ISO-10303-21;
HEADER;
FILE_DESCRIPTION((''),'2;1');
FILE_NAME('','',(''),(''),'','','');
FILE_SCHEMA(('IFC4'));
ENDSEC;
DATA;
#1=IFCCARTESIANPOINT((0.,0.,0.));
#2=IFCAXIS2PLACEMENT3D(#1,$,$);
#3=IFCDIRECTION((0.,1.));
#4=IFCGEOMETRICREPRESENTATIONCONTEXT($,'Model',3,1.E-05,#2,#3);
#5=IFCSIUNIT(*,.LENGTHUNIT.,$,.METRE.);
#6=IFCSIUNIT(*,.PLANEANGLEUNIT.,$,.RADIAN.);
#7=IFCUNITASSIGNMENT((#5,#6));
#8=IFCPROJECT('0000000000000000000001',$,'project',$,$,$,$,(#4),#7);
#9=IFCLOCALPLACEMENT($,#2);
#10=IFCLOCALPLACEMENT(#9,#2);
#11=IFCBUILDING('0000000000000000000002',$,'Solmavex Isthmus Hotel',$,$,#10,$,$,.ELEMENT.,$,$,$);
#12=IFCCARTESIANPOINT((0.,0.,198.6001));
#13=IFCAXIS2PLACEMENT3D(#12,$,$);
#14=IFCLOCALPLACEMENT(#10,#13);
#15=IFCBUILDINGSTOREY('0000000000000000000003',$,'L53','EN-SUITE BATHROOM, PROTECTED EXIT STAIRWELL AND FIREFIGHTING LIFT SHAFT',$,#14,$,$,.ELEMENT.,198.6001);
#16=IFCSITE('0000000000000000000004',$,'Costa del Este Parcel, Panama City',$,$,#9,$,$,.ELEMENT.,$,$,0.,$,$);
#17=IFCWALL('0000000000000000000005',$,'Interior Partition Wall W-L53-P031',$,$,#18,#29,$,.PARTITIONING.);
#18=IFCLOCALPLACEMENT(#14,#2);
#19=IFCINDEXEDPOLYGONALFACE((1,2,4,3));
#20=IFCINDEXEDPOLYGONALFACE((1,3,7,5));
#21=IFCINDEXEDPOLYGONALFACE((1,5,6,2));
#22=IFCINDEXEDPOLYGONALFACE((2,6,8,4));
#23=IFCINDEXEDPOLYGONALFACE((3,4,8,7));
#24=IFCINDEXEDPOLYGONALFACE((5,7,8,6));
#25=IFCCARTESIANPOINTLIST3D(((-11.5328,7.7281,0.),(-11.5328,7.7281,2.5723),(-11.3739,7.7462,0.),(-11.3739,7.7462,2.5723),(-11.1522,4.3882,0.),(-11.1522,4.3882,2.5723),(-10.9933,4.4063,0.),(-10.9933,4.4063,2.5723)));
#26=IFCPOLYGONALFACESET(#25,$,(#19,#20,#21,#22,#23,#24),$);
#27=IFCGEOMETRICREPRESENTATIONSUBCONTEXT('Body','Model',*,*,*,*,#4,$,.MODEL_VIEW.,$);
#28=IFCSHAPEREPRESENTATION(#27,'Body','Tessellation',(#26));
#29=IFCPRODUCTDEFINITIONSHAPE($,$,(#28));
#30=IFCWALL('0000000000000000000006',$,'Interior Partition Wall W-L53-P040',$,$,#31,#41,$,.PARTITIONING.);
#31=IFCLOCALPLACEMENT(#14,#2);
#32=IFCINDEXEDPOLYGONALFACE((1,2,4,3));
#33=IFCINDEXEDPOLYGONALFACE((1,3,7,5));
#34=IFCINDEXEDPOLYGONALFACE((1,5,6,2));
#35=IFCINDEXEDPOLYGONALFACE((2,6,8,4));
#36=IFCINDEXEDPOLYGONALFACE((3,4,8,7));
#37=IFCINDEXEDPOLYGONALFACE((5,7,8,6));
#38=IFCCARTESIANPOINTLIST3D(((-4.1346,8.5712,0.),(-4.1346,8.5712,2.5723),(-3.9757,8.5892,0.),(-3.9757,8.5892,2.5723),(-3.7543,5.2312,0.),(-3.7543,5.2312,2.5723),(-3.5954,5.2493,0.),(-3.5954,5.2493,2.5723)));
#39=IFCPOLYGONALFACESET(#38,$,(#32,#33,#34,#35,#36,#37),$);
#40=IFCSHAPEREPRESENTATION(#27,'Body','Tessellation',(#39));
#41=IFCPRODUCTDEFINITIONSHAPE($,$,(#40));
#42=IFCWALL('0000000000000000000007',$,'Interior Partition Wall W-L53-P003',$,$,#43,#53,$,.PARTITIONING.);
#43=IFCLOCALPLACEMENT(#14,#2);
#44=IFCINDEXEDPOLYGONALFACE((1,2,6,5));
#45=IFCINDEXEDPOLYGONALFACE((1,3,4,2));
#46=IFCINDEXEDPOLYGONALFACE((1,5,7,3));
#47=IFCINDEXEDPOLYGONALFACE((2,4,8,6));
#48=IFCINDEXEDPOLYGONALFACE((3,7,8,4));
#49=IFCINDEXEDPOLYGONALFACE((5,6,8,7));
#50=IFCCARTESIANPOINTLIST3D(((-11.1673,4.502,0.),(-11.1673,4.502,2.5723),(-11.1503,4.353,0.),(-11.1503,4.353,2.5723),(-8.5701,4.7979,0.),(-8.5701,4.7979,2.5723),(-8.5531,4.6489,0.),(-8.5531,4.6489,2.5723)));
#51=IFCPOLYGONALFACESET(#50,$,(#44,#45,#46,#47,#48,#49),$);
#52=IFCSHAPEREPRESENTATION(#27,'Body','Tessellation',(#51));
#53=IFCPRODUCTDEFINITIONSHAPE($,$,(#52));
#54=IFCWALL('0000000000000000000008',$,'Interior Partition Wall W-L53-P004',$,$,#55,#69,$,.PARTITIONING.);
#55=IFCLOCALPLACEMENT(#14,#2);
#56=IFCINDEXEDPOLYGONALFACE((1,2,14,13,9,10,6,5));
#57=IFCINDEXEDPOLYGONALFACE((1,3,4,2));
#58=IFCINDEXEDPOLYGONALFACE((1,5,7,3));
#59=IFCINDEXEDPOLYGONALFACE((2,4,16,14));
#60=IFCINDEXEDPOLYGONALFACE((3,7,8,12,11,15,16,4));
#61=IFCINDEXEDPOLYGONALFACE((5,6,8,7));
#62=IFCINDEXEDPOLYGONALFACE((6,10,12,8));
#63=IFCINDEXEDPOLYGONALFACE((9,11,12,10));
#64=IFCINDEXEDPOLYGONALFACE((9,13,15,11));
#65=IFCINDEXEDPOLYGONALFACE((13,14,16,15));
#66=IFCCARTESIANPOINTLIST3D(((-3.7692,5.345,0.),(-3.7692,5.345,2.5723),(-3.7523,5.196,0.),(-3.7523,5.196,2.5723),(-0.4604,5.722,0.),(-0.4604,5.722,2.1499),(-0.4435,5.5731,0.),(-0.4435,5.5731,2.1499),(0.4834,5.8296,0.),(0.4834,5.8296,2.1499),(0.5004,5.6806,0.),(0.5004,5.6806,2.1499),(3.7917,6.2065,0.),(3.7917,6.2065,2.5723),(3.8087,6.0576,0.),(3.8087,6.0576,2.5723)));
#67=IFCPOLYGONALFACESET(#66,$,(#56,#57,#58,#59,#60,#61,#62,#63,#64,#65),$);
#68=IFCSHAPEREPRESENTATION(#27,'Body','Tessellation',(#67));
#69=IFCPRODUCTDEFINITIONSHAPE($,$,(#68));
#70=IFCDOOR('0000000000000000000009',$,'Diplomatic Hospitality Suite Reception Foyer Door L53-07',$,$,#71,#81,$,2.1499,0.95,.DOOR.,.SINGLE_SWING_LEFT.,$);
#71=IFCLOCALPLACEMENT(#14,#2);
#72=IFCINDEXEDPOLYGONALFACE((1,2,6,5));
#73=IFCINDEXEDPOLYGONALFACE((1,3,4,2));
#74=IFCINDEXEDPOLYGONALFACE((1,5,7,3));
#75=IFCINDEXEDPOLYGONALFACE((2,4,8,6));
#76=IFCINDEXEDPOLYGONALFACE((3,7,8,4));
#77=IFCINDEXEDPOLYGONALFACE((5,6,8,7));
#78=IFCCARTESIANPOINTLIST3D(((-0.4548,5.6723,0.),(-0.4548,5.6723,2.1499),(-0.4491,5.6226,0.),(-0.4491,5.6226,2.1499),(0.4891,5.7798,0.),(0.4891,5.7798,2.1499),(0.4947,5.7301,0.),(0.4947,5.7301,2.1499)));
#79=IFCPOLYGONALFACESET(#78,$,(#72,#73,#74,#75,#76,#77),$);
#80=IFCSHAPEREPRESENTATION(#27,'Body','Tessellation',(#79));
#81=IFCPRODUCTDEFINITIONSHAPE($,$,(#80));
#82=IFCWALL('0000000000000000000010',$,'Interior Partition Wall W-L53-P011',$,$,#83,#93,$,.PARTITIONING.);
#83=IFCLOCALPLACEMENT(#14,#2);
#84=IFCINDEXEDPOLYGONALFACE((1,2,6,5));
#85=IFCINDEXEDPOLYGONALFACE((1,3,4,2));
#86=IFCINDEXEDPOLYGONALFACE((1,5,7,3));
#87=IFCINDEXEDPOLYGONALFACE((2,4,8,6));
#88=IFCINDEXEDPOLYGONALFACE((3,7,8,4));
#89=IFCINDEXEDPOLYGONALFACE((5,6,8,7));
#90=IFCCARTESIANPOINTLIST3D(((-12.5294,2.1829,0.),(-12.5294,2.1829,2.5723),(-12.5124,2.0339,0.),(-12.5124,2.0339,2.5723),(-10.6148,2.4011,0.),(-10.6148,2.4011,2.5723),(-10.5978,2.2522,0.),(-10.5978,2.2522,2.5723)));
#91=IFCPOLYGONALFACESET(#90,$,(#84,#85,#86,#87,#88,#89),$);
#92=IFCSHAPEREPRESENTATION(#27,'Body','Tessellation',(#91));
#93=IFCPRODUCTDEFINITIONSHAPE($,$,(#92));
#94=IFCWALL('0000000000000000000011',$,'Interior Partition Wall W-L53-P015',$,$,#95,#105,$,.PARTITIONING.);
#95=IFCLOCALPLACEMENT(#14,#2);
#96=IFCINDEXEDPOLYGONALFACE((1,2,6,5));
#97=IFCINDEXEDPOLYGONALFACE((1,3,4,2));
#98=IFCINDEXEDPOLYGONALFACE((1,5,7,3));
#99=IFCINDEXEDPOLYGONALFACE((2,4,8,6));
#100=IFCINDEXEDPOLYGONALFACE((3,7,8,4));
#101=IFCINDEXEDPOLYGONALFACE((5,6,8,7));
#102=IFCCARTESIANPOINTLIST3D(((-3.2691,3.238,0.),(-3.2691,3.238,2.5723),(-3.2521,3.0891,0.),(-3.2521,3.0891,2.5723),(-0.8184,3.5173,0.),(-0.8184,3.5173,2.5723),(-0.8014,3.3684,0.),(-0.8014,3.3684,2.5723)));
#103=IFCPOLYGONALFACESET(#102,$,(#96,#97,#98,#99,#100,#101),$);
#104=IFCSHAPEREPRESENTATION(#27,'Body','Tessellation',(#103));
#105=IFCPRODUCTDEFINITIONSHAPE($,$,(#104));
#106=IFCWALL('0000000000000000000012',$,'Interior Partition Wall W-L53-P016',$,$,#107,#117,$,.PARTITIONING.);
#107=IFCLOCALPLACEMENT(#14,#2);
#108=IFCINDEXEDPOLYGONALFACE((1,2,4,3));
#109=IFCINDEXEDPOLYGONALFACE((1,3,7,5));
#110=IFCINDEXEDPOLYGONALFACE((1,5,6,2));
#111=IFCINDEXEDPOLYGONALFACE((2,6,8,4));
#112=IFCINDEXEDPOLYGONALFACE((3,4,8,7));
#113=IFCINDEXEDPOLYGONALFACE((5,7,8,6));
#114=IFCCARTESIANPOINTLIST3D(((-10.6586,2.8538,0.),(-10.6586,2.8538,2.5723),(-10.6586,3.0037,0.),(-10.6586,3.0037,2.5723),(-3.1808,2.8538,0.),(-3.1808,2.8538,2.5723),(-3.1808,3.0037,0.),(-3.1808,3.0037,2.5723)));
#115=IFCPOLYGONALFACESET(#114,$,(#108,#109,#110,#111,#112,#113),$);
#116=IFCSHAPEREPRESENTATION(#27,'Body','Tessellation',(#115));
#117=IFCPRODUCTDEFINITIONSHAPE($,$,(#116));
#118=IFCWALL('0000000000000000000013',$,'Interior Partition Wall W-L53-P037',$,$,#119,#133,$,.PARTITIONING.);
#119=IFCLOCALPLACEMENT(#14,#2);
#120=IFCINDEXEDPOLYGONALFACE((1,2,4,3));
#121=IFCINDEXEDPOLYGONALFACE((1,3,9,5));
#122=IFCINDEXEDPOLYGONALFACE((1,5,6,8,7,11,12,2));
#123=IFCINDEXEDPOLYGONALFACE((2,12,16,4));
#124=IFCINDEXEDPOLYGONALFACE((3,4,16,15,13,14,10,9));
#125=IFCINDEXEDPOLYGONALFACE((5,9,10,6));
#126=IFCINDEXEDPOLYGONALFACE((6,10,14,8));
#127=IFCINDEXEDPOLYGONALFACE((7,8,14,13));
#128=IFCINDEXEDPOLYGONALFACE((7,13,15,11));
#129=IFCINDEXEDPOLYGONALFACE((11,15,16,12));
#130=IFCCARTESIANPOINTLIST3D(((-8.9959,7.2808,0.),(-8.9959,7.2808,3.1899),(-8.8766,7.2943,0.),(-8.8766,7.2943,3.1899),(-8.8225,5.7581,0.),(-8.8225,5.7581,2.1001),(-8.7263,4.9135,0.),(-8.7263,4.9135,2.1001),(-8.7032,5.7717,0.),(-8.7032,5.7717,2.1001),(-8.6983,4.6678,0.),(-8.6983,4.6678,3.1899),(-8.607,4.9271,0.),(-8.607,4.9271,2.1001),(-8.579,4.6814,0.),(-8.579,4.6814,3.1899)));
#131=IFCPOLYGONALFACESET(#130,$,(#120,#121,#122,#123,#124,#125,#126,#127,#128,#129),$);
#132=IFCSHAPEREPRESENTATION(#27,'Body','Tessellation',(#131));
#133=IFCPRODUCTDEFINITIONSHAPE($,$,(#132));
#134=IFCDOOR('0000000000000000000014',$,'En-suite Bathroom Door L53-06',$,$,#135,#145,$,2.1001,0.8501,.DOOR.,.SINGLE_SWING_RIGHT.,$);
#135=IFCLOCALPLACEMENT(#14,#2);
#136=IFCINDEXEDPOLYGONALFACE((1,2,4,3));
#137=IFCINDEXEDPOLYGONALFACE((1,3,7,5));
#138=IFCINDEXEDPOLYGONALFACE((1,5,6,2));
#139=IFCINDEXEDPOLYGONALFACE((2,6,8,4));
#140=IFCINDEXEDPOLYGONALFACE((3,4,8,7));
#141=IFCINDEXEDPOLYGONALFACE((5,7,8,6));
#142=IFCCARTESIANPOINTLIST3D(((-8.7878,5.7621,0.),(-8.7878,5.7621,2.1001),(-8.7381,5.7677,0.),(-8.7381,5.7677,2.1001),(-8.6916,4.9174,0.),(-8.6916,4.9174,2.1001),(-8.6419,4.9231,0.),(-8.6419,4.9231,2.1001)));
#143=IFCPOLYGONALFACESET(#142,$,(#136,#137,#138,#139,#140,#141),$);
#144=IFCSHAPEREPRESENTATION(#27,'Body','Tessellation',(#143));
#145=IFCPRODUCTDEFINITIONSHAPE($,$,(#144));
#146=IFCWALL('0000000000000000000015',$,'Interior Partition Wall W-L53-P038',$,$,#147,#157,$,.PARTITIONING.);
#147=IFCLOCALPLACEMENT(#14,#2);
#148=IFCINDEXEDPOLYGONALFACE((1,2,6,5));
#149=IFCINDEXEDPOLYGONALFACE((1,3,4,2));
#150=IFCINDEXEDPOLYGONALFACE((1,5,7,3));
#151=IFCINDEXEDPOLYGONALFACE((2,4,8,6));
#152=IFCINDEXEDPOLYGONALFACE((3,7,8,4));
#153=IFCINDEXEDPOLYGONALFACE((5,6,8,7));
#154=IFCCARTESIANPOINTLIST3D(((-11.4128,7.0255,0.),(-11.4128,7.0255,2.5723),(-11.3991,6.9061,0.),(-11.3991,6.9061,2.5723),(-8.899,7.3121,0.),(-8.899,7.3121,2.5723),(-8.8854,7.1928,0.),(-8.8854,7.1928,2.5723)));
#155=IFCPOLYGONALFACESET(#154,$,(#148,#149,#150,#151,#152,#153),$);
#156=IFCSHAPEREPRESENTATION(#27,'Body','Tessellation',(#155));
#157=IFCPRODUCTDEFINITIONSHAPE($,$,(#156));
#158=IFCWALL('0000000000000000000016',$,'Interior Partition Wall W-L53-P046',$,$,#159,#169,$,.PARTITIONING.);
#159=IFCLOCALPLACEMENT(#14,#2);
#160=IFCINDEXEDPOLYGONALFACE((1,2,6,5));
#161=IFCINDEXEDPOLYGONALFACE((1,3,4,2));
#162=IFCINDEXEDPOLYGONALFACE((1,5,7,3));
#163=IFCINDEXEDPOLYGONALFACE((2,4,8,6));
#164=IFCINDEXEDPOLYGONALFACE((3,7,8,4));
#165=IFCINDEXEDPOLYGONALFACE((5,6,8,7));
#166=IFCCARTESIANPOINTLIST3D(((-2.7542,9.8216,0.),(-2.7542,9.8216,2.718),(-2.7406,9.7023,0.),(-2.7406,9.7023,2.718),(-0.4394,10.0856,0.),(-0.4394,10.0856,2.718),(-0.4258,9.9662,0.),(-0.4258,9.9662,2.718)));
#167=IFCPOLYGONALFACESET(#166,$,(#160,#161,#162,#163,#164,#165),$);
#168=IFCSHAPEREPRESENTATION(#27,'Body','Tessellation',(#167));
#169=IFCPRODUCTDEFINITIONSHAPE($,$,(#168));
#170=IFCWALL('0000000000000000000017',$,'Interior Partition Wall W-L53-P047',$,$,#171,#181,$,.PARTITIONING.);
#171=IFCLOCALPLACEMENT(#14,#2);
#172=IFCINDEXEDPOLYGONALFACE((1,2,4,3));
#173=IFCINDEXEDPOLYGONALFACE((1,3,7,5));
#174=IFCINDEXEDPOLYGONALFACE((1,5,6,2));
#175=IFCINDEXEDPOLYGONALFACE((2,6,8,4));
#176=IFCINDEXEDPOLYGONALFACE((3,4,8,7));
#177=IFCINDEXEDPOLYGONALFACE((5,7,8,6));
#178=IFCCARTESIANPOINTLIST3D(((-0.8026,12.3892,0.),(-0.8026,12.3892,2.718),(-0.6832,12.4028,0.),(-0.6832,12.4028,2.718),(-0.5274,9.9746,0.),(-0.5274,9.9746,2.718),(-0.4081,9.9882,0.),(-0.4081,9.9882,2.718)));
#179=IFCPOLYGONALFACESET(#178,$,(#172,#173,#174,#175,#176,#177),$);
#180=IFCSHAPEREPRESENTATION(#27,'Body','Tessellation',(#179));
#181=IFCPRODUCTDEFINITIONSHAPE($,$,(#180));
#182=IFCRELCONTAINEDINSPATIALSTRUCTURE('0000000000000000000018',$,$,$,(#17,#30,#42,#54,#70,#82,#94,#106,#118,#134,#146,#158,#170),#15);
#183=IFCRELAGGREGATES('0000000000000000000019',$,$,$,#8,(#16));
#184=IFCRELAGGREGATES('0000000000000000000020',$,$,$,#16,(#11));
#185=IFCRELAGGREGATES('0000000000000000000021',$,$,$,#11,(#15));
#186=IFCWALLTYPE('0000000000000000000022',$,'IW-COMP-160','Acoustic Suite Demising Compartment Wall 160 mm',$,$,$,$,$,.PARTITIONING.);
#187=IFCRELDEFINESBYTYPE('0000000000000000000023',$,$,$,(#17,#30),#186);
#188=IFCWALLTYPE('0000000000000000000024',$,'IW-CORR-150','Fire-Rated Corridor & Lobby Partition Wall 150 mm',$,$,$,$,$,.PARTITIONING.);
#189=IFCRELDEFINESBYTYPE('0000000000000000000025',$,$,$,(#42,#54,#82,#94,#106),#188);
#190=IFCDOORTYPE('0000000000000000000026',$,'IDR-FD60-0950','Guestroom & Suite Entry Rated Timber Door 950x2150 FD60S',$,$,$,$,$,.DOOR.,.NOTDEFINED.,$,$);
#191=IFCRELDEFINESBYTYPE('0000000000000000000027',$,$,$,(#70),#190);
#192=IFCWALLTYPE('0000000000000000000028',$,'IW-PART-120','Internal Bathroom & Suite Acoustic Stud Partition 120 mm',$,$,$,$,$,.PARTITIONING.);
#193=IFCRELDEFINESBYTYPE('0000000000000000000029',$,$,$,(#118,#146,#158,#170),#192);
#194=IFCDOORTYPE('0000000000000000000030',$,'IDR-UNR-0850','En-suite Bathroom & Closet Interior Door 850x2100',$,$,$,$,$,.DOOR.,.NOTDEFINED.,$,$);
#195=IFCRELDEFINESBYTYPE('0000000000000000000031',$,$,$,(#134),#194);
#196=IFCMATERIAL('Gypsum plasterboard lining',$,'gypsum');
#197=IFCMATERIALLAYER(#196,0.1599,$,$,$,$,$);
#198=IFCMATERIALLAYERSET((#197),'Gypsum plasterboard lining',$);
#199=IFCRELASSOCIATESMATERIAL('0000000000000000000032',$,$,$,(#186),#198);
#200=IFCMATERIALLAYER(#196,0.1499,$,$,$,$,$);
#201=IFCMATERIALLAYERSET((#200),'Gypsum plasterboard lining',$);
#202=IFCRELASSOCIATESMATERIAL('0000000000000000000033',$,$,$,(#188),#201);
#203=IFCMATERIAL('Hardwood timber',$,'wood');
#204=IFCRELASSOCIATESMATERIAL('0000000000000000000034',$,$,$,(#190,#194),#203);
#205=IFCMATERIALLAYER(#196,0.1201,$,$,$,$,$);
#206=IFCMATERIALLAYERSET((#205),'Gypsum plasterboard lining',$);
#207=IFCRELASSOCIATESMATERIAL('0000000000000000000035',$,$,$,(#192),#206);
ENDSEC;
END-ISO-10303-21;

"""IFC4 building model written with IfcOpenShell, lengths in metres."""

from ifc_helpers import new_model, si_unit, direction, frame, frame_2d, origin, place, context, subcontext, project, spatial, rectangle, extrude, material, layer, layer_set, type_object, element, fill, save


model = new_model("IFC4")

# Units and contexts
model_context = context("Model", 3, precision=1e-05, world=origin(), true_north=direction((0.0, 1.0)))
body_context = subcontext(model_context, "Body", "Model", "MODEL_VIEW")
ifc_project = project(units=[si_unit("LENGTHUNIT", "METRE"), si_unit("PLANEANGLEUNIT", "RADIAN")], contexts=[model_context])

# Site, building, storey
site_placement = place(None, origin())
site = spatial("IfcSite", under=ifc_project, at=site_placement, Name="Costa del Este Parcel, Panama City", CompositionType="ELEMENT", RefElevation=0.0)
building_placement = place(site_placement, origin())
building = spatial("IfcBuilding", under=site, at=building_placement, Name="Solmavex Isthmus Hotel", CompositionType="ELEMENT")
storey_placement = place(building_placement, frame((0.0, 0.0, 198.6001)))
storey = spatial("IfcBuildingStorey", under=building, at=storey_placement, Name="L53", Description="EN-SUITE BATHROOM, PROTECTED EXIT STAIRWELL AND FIREFIGHTING LIFT SHAFT", CompositionType="ELEMENT", Elevation=198.6001)

# Walls
ifc_material_1 = material(Name="Gypsum plasterboard lining", Category="gypsum")
ifc_layer_1 = layer(ifc_material_1, 0.1599)
ifc_layer_set_1 = layer_set([ifc_layer_1], Name="Gypsum plasterboard lining")
wall_type_1 = type_object("IfcWallType", Name="IW-COMP-160", Description="Acoustic Suite Demising Compartment Wall 160 mm", PredefinedType="PARTITIONING", material=ifc_layer_set_1)
for number, where, z_axis, x_axis, name in (
    (1, (-11.4534, 7.7371, 0.0), (0.0, 0.0, 1.0), (0.113229, -0.993569, 0.0), "Interior Partition Wall W-L53-P031"),
    (2, (-4.0552, 8.5801, 0.0), (0.0, 0.0, 1.0), (0.113149, -0.993578, 0.0), "Interior Partition Wall W-L53-P040"),
):
    element("IfcWall", number, at=place(storey_placement, frame(where, z_axis=z_axis, x_axis=x_axis)), inside=storey, type_object=wall_type_1, Name=name, PredefinedType="PARTITIONING", context=body_context, shape_type="SweptSolid", body=[
        extrude(rectangle(XDim=3.3616, YDim=0.1599, at=frame_2d((1.6807, 0.0))), origin(), (0.0, 0.0, 1.0), 2.5723),
    ])

# Shared definitions
ifc_layer_2 = layer(ifc_material_1, 0.1499)
ifc_layer_set_2 = layer_set([ifc_layer_2], Name="Gypsum plasterboard lining")
wall_type_2 = type_object("IfcWallType", Name="IW-CORR-150", Description="Fire-Rated Corridor & Lobby Partition Wall 150 mm", PredefinedType="PARTITIONING", material=ifc_layer_set_2)
ifc_material_2 = material(Name="Hardwood timber", Category="wood")
door_type_1 = type_object("IfcDoorType", Name="IDR-FD60-0950", Description="Guestroom & Suite Entry Rated Timber Door 950x2150 FD60S", OperationType="NOTDEFINED", PredefinedType="DOOR", material=ifc_material_2)

# Wall
wall_1_placement = place(storey_placement, frame((-11.1589, 4.4275, 0.0), z_axis=(0.0, 0.0, 1.0), x_axis=(0.993572, 0.113199, 0.0)))
element("IfcWall", 3, at=wall_1_placement, inside=storey, type_object=wall_type_2, Name="Interior Partition Wall W-L53-P003", PredefinedType="PARTITIONING", context=body_context, shape_type="SweptSolid", body=[
    extrude(rectangle(XDim=2.614, YDim=0.1499, at=frame_2d((1.3071, 0.0))), origin(), (0.0, 0.0, 1.0), 2.5723),
])

# Wall, opening, door
wall_2_placement = place(storey_placement, frame((-3.7607, 5.2705, 0.0), z_axis=(0.0, 0.0, 1.0), x_axis=(0.99357, 0.113216, 0.0)))
wall_2 = element("IfcWall", 4, at=wall_2_placement, inside=storey, type_object=wall_type_2, Name="Interior Partition Wall W-L53-P004", PredefinedType="PARTITIONING", context=body_context, shape_type="SweptSolid", body=[
    extrude(rectangle(XDim=7.6099, YDim=0.1499, at=frame_2d((3.8049, 0.0))), origin(), (0.0, 0.0, 1.0), 2.5723),
])
opening_1_placement = place(wall_2_placement, frame((3.3301, 0.0, 0.0)))
opening_1 = element("IfcOpeningElement", 5, at=opening_1_placement, cuts=wall_2, PredefinedType="OPENING", context=body_context, shape_type="SweptSolid", body=[
    extrude(rectangle(XDim=0.95, YDim=2.1499, at=frame_2d((0.4751, 1.075))), frame((0.0, 0.085, 0.0), z_axis=(0.0, -1.0, 0.0), x_axis=(1.0, 0.0, 0.0)), (0.0, 0.0, 1.0), 0.1699),
])
door_1_placement = place(opening_1_placement, origin())
door_1 = element("IfcDoor", 6, at=door_1_placement, inside=storey, type_object=door_type_1, Name="Diplomatic Hospitality Suite Reception Foyer Door L53-07", OperationType="SINGLE_SWING_LEFT", OverallHeight=2.1499, OverallWidth=0.95, PredefinedType="DOOR", context=body_context, shape_type="SweptSolid", body=[
    extrude(rectangle(XDim=0.95, YDim=2.1499, at=frame_2d((0.4751, 1.075))), frame((0.0, 0.0249, 0.0), z_axis=(0.0, -1.0, 0.0), x_axis=(1.0, 0.0, 0.0)), (0.0, 0.0, 1.0), 0.05),
])
fill(opening_1, door_1)

# Walls
wall_3_placement = place(storey_placement, frame((-10.6064, 2.3267, 0.0), z_axis=(0.0, 0.0, 1.0), x_axis=(-0.993564, -0.113268, 0.0)))
element("IfcWall", 7, at=wall_3_placement, inside=storey, type_object=wall_type_2, Name="Interior Partition Wall W-L53-P011", PredefinedType="PARTITIONING", context=body_context, shape_type="SweptSolid", body=[
    extrude(rectangle(XDim=1.927, YDim=0.1499, at=frame_2d((0.9634, 0.0))), origin(), (0.0, 0.0, 1.0), 2.5723),
])
wall_4_placement = place(storey_placement, frame((-0.8098, 3.4429, 0.0), z_axis=(0.0, 0.0, 1.0), x_axis=(-0.993568, -0.113234, 0.0)))
element("IfcWall", 8, at=wall_4_placement, inside=storey, type_object=wall_type_2, Name="Interior Partition Wall W-L53-P015", PredefinedType="PARTITIONING", context=body_context, shape_type="SweptSolid", body=[
    extrude(rectangle(XDim=2.4666, YDim=0.1499, at=frame_2d((1.2334, 0.0))), origin(), (0.0, 0.0, 1.0), 2.5723),
])
wall_5_placement = place(storey_placement, frame((-3.1809, 2.9287, 0.0), z_axis=(0.0, 0.0, 1.0), x_axis=(-1.0, 0.0, 0.0)))
element("IfcWall", 9, at=wall_5_placement, inside=storey, type_object=wall_type_2, Name="Interior Partition Wall W-L53-P016", PredefinedType="PARTITIONING", context=body_context, shape_type="SweptSolid", body=[
    extrude(rectangle(XDim=7.4778, YDim=0.1499, at=frame_2d((3.7388, 0.0))), origin(), (0.0, 0.0, 1.0), 2.5723),
])

# Wall, opening, door
ifc_layer_3 = layer(ifc_material_1, 0.1201)
ifc_layer_set_3 = layer_set([ifc_layer_3], Name="Gypsum plasterboard lining")
wall_type_3 = type_object("IfcWallType", Name="IW-PART-120", Description="Internal Bathroom & Suite Acoustic Stud Partition 120 mm", PredefinedType="PARTITIONING", material=ifc_layer_set_3)
wall_6_placement = place(storey_placement, frame((-8.6387, 4.6746, 0.0), z_axis=(0.0, 0.0, 1.0), x_axis=(-0.113162, 0.993577, 0.0)))
wall_6 = element("IfcWall", 10, at=wall_6_placement, inside=storey, type_object=wall_type_3, Name="Interior Partition Wall W-L53-P037", PredefinedType="PARTITIONING", context=body_context, shape_type="SweptSolid", body=[
    extrude(rectangle(XDim=2.6299, YDim=0.1201, at=frame_2d((1.3149, 0.0))), origin(), (0.0, 0.0, 1.0), 3.1899),
])
opening_2_placement = place(wall_6_placement, frame((0.2473, 0.0, 0.0)))
opening_2 = element("IfcOpeningElement", 11, at=opening_2_placement, cuts=wall_6, PredefinedType="OPENING", context=body_context, shape_type="SweptSolid", body=[
    extrude(rectangle(XDim=0.8501, YDim=2.1001, at=frame_2d((0.425, 1.05))), frame((0.0, 0.0701, 0.0), z_axis=(0.0, -1.0, 0.0), x_axis=(1.0, 0.0, 0.0)), (0.0, 0.0, 1.0), 0.1401),
])
door_type_2 = type_object("IfcDoorType", Name="IDR-UNR-0850", Description="En-suite Bathroom & Closet Interior Door 850x2100", OperationType="NOTDEFINED", PredefinedType="DOOR", material=ifc_material_2)
door_2_placement = place(opening_2_placement, frame((0.8501, 0.0, 0.0), z_axis=(0.0, 0.0, 1.0), x_axis=(-1.0, 0.0, 0.0)))
door_2 = element("IfcDoor", 12, at=door_2_placement, inside=storey, type_object=door_type_2, Name="En-suite Bathroom Door L53-06", OperationType="SINGLE_SWING_RIGHT", OverallHeight=2.1001, OverallWidth=0.8501, PredefinedType="DOOR", context=body_context, shape_type="SweptSolid", body=[
    extrude(rectangle(XDim=0.8501, YDim=2.1001, at=frame_2d((0.425, 1.05))), frame((0.0, 0.0249, 0.0), z_axis=(0.0, -1.0, 0.0), x_axis=(1.0, 0.0, 0.0)), (0.0, 0.0, 1.0), 0.05),
])
fill(opening_2, door_2)

# Walls
wall_7_placement = place(storey_placement, frame((-8.8921, 7.2524, 0.0), z_axis=(0.0, 0.0, 1.0), x_axis=(-0.993562, -0.113291, 0.0)))
element("IfcWall", 13, at=wall_7_placement, inside=storey, type_object=wall_type_3, Name="Interior Partition Wall W-L53-P038", PredefinedType="PARTITIONING", context=body_context, shape_type="SweptSolid", body=[
    extrude(rectangle(XDim=2.53, YDim=0.1201, at=frame_2d((1.2651, 0.0))), origin(), (0.0, 0.0, 1.0), 2.5723),
])
wall_8_placement = place(storey_placement, frame((-2.7476, 9.762, 0.0), z_axis=(0.0, 0.0, 1.0), x_axis=(0.993564, 0.113272, 0.0)))
element("IfcWall", 14, at=wall_8_placement, inside=storey, type_object=wall_type_3, Name="Interior Partition Wall W-L53-P046", PredefinedType="PARTITIONING", context=body_context, shape_type="SweptSolid", body=[
    extrude(rectangle(XDim=2.3298, YDim=0.1201, at=frame_2d((1.165, 0.0))), origin(), (0.0, 0.0, 1.0), 2.718),
])
wall_9_placement = place(storey_placement, frame((-0.4678, 9.9814, 0.0), z_axis=(0.0, 0.0, 1.0), x_axis=(-0.113221, 0.99357, 0.0)))
element("IfcWall", 15, at=wall_9_placement, inside=storey, type_object=wall_type_3, Name="Interior Partition Wall W-L53-P047", PredefinedType="PARTITIONING", context=body_context, shape_type="SweptSolid", body=[
    extrude(rectangle(XDim=2.4302, YDim=0.1201, at=frame_2d((1.2151, 0.0))), origin(), (0.0, 0.0, 1.0), 2.718),
])

save(model, "model.ifc")
